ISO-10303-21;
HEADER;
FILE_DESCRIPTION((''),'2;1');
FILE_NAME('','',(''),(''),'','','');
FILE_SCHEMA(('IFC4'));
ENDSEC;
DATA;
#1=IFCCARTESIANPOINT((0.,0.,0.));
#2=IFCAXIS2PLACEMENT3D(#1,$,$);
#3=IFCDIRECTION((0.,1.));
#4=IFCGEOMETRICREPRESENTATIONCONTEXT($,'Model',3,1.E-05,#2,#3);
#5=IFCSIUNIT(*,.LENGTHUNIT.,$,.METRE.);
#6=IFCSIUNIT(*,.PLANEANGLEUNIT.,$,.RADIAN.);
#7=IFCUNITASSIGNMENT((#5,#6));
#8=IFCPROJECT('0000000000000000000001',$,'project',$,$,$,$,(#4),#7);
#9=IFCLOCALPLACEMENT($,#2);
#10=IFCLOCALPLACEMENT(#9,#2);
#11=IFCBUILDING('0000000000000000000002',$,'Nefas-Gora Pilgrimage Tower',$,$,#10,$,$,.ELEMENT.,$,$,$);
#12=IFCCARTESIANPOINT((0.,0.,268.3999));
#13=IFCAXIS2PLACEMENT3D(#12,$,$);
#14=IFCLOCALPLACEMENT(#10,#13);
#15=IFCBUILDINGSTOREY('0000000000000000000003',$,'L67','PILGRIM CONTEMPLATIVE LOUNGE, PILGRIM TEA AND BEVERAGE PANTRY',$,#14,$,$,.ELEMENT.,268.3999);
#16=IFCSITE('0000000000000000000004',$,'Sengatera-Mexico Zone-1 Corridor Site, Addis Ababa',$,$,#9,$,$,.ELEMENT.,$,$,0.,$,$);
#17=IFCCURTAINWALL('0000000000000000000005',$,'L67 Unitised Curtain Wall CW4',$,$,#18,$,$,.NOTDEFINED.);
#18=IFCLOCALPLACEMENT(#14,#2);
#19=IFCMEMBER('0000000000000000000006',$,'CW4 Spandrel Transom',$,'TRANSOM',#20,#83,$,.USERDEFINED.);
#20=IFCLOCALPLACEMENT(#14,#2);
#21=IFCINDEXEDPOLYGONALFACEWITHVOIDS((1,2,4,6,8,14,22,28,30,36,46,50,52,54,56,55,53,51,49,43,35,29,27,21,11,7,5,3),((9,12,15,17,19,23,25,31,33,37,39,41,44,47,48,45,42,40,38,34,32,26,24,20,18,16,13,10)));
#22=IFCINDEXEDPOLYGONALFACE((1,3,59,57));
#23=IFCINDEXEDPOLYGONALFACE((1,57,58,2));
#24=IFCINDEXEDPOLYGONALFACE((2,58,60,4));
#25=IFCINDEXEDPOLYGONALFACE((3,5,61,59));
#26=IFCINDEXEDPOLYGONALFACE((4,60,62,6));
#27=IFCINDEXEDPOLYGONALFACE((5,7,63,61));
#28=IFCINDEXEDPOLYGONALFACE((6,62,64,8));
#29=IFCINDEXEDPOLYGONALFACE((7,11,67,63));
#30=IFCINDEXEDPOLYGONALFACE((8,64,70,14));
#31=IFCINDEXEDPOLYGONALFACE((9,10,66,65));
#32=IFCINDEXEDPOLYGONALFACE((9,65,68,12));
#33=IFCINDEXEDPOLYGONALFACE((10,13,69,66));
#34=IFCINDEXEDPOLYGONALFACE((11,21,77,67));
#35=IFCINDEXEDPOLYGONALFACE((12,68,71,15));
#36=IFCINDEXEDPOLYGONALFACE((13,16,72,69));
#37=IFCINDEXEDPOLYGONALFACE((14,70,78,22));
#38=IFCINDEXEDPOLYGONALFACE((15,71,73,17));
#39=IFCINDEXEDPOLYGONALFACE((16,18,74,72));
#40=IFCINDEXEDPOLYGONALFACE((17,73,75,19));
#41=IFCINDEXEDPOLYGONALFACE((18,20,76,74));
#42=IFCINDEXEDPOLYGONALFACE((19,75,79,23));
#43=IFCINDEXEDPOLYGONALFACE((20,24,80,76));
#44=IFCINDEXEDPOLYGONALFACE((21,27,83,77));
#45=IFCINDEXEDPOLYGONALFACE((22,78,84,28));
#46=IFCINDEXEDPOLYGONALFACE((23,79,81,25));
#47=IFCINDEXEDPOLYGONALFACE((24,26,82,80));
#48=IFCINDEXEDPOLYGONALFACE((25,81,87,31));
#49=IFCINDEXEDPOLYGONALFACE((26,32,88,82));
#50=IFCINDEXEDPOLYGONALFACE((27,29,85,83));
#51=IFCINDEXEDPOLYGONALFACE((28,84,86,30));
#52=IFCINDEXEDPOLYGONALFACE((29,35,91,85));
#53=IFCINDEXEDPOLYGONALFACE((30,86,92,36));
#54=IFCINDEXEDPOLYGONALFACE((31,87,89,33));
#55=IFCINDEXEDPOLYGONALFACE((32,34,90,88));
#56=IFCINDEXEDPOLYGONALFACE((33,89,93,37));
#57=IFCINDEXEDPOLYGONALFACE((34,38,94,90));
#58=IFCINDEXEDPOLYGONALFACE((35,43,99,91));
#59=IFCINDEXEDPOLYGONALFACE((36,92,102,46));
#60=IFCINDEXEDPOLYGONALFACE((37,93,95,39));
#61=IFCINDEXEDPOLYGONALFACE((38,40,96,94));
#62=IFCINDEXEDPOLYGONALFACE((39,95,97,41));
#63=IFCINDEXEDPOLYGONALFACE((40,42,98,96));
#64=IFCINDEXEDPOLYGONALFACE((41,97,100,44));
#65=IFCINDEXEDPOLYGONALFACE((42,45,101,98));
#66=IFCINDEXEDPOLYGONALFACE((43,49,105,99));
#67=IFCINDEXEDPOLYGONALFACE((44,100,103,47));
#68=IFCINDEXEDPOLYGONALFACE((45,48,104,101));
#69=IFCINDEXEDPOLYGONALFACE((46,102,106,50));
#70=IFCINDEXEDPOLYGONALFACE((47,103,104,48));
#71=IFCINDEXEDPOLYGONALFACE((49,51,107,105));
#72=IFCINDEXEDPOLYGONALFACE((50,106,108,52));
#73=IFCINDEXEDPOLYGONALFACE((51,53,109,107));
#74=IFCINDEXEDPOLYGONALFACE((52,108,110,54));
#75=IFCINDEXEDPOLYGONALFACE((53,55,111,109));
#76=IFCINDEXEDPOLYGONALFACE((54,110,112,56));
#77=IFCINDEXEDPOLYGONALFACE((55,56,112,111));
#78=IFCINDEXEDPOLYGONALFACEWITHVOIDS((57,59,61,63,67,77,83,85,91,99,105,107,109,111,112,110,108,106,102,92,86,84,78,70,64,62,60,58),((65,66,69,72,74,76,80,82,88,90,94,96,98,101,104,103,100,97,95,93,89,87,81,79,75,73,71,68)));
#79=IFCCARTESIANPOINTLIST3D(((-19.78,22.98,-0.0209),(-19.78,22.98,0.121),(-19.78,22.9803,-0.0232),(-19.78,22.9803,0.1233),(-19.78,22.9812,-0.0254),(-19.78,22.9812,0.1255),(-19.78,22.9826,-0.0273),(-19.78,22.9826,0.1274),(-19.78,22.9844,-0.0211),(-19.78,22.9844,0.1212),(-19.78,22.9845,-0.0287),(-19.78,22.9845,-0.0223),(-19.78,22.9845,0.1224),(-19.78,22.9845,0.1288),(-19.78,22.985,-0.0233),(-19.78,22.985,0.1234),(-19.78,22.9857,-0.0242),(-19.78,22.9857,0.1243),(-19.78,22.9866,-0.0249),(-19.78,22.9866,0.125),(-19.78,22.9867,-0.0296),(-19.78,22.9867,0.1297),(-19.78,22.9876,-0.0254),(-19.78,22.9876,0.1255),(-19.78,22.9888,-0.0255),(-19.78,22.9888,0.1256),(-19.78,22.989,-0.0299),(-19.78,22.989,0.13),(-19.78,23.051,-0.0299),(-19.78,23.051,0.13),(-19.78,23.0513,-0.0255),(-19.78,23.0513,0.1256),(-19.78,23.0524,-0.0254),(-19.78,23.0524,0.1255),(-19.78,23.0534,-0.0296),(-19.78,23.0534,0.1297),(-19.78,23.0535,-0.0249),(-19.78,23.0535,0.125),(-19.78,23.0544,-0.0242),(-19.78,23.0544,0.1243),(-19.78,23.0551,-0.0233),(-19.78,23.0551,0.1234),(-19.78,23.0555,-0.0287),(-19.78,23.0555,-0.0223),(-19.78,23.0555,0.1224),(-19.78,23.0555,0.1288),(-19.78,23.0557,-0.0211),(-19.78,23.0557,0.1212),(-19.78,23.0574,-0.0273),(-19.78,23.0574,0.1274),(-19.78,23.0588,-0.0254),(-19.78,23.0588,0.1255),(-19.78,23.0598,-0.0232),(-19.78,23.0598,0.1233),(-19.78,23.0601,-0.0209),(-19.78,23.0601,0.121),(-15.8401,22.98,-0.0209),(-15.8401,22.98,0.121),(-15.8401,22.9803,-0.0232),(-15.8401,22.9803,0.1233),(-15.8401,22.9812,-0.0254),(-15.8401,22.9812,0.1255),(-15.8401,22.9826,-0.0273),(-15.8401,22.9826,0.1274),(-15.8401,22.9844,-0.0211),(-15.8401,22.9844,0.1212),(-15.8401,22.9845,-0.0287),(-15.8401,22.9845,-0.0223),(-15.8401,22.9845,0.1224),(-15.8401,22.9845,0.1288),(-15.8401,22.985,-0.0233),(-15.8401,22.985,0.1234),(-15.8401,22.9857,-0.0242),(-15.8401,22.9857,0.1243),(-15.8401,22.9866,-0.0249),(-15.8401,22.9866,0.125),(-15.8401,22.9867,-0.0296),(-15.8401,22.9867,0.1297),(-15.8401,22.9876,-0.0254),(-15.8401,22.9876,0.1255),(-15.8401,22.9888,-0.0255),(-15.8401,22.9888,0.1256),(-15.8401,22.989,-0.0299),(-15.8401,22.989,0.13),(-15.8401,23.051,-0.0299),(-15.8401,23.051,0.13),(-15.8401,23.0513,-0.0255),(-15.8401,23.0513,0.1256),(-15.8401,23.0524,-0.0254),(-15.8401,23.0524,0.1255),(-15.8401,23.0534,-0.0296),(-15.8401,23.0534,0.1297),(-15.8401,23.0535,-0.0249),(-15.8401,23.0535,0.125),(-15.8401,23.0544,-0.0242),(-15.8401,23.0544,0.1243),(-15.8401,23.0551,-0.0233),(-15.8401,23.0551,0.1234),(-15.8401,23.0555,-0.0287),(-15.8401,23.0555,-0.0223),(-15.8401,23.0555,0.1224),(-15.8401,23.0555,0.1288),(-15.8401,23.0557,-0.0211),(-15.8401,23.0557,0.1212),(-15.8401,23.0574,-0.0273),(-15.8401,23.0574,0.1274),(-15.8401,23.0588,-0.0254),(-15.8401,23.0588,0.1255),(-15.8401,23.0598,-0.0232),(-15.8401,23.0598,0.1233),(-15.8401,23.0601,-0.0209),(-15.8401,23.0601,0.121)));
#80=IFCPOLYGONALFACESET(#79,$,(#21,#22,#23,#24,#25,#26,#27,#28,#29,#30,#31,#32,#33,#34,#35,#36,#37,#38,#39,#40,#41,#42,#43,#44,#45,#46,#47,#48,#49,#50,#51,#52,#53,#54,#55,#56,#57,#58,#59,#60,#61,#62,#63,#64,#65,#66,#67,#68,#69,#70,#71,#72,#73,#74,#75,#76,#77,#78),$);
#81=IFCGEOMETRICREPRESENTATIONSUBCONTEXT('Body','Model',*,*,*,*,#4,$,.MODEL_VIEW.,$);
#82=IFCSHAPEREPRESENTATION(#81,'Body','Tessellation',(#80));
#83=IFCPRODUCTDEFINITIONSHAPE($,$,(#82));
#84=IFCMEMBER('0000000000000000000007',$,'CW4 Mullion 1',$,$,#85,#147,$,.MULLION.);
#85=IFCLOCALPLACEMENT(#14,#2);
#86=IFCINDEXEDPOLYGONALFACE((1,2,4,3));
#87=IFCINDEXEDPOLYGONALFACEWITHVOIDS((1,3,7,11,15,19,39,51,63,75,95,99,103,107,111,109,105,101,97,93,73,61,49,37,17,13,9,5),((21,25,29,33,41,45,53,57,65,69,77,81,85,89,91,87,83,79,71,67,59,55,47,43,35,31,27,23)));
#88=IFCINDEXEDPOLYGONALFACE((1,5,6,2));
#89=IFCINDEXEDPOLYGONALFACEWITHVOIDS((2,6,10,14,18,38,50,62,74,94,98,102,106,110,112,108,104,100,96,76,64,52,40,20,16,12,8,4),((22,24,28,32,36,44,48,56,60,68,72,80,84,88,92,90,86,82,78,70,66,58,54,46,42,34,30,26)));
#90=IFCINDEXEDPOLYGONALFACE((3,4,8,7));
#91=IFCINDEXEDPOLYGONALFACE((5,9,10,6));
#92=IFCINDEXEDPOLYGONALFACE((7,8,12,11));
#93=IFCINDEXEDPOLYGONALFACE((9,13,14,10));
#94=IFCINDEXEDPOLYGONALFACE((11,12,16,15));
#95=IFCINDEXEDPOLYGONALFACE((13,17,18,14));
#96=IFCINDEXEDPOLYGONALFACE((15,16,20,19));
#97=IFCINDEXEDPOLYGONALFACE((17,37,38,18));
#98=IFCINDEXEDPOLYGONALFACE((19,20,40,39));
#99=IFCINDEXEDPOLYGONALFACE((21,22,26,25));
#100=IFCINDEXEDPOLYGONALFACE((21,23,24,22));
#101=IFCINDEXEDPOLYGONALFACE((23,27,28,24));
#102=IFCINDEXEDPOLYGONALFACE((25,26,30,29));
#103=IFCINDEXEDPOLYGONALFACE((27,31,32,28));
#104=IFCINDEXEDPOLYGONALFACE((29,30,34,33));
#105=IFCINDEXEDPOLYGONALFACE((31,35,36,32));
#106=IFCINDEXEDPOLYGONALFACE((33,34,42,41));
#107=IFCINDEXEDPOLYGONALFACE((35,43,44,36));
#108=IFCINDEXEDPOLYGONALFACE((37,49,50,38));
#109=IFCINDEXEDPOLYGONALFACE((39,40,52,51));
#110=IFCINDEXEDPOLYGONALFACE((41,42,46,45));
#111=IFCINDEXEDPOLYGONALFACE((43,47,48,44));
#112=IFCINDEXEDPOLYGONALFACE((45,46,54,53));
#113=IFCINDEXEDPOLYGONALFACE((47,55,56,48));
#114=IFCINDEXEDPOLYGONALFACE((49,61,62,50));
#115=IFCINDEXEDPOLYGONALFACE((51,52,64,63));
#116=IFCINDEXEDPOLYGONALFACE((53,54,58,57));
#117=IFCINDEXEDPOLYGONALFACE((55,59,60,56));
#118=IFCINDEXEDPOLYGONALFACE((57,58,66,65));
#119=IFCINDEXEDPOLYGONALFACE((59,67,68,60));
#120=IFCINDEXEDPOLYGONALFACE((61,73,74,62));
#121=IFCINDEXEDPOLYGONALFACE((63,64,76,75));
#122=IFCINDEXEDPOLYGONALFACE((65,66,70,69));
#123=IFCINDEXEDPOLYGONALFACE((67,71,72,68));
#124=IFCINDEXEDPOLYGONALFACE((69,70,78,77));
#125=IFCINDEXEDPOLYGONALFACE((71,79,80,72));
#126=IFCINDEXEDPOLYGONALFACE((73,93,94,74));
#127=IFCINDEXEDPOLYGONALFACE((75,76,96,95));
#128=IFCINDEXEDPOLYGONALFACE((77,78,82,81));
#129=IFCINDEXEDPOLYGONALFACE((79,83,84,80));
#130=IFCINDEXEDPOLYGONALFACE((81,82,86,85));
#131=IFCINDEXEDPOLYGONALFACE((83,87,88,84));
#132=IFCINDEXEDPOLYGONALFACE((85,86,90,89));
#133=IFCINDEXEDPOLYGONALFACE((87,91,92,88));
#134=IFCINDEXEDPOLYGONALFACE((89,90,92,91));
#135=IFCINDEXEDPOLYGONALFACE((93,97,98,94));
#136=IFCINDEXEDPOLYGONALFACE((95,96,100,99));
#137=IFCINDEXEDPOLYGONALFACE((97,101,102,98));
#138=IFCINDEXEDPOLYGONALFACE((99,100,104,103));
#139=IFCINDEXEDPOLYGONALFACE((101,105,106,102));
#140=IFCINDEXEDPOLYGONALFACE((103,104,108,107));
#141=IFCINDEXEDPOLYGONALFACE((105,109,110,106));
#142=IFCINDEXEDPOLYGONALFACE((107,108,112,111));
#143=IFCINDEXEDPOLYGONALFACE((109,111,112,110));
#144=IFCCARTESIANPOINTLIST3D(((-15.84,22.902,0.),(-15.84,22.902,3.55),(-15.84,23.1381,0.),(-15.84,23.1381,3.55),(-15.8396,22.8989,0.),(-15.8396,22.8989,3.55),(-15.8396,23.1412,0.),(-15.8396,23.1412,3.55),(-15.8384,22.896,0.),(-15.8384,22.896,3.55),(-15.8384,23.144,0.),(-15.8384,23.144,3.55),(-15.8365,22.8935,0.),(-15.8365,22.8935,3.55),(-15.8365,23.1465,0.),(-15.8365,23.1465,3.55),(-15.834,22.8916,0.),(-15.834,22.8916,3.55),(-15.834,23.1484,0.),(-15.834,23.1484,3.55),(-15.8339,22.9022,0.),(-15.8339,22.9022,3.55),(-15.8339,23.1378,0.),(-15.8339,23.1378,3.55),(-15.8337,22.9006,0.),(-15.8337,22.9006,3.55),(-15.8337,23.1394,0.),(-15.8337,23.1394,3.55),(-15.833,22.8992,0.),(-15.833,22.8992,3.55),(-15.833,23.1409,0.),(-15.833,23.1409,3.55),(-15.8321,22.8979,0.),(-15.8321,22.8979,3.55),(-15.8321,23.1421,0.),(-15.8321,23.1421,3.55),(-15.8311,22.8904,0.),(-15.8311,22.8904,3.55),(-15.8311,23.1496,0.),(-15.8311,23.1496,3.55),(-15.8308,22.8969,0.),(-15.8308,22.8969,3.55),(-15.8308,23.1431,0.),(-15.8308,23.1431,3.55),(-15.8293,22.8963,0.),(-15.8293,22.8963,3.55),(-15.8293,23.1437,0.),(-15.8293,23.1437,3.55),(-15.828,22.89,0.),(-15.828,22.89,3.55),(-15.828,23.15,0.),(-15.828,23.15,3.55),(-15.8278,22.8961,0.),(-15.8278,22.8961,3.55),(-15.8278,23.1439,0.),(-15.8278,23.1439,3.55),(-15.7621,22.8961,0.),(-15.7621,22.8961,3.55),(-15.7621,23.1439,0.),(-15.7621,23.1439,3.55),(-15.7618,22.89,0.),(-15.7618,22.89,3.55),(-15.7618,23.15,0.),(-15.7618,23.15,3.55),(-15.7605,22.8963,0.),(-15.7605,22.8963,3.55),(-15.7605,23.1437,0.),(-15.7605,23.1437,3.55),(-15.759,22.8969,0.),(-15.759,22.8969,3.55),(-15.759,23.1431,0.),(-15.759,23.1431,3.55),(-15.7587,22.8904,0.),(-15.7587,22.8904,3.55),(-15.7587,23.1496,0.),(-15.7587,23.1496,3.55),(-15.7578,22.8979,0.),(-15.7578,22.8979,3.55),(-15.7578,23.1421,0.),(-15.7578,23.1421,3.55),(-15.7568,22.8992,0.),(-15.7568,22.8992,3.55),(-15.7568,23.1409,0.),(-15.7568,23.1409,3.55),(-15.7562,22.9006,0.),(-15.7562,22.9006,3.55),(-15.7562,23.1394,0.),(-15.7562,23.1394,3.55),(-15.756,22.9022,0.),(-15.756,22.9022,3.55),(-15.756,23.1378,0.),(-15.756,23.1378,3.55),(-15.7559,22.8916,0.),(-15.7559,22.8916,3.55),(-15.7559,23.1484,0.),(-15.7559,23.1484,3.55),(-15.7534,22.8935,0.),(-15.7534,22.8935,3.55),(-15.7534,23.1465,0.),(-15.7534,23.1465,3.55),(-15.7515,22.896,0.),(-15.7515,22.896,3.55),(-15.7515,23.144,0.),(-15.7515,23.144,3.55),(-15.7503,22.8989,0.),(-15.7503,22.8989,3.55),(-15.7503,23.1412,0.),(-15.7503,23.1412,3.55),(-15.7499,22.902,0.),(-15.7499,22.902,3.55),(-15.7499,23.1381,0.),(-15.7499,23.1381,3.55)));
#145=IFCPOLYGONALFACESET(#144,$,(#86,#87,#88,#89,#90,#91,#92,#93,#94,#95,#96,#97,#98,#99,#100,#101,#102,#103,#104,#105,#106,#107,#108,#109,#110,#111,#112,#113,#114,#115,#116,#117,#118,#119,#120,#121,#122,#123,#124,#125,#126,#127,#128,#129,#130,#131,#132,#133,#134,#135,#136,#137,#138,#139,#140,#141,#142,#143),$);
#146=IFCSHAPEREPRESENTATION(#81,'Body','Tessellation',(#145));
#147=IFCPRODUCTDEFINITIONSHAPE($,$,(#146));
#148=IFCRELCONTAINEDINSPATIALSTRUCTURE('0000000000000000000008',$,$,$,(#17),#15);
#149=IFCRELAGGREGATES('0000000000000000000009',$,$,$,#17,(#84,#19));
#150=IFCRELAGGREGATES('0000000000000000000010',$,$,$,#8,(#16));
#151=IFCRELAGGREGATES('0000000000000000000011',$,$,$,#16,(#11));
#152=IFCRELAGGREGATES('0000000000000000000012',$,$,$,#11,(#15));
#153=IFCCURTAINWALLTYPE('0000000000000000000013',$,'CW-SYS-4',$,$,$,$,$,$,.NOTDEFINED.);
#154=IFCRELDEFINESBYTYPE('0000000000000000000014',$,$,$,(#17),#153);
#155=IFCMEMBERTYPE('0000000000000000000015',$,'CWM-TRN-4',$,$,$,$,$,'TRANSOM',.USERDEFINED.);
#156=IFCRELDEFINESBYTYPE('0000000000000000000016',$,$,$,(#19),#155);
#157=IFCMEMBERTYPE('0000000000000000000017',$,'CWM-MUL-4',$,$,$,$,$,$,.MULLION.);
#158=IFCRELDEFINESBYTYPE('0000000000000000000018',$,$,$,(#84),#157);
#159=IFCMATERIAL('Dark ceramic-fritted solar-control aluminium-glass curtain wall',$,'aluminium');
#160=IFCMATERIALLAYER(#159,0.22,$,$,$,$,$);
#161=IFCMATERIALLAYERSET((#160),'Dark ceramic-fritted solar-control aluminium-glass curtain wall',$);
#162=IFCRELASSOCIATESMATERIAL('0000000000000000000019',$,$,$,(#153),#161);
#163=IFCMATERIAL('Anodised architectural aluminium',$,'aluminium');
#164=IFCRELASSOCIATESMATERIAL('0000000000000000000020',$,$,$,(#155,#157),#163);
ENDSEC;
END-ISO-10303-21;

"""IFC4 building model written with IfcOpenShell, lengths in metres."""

from ifc_helpers import new_model, si_unit, direction, frame, origin, origin_2d, place, context, subcontext, project, spatial, hollow_rectangle, extrude, source, transform, mapped, material, layer, layer_set, material_profile, profile_set, type_object, element, aggregate, save


model = new_model("IFC4")

# Units and contexts
model_context = context("Model", 3, precision=1e-05, world=origin(), true_north=direction((0.0, 1.0)))
body_context = subcontext(model_context, "Body", "Model", "MODEL_VIEW")
ifc_project = project(units=[si_unit("LENGTHUNIT", "METRE"), si_unit("PLANEANGLEUNIT", "RADIAN")], contexts=[model_context])

# Site, building, storey
site_placement = place(None, origin())
site = spatial("IfcSite", under=ifc_project, at=site_placement, Name="Sengatera-Mexico Zone-1 Corridor Site, Addis Ababa", CompositionType="ELEMENT", RefElevation=0.0)
building_placement = place(site_placement, origin())
building = spatial("IfcBuilding", under=site, at=building_placement, Name="Nefas-Gora Pilgrimage Tower", CompositionType="ELEMENT")
storey_placement = place(building_placement, frame((0.0, 0.0, 268.3999)))
storey = spatial("IfcBuildingStorey", under=building, at=storey_placement, Name="L67", Description="PILGRIM CONTEMPLATIVE LOUNGE, PILGRIM TEA AND BEVERAGE PANTRY", CompositionType="ELEMENT", Elevation=268.3999)

# Curtain wall, members
ifc_material_1 = material(Name="Dark ceramic-fritted solar-control aluminium-glass curtain wall", Category="aluminium")
ifc_material_2 = material(Name="Anodised architectural aluminium", Category="aluminium")
ifc_layer_1 = layer(ifc_material_1, 0.22)
ifc_layer_set_1 = layer_set([ifc_layer_1], Name="Dark ceramic-fritted solar-control aluminium-glass curtain wall")
curtain_wall_type_1 = type_object("IfcCurtainWallType", Name="CW-SYS-4", PredefinedType="NOTDEFINED", material=ifc_layer_set_1)
curtain_wall_1_placement = place(storey_placement, origin())
curtain_wall_1 = element("IfcCurtainWall", 1, at=curtain_wall_1_placement, inside=storey, type_object=curtain_wall_type_1, Name="L67 Unitised Curtain Wall CW4", PredefinedType="NOTDEFINED")
ifc_material_profile_1 = material_profile(ifc_material_2, hollow_rectangle(XDim=0.0801, YDim=0.1599, WallThickness=0.0044, InnerFilletRadius=0.0044, OuterFilletRadius=0.009, at=origin_2d()), Name="ALU TRANSOM 80x160")
ifc_profile_set_1 = profile_set([ifc_material_profile_1], Name="Anodised architectural aluminium")
member_type_1 = type_object("IfcMemberType", Name="CWM-TRN-4", ElementType="TRANSOM", PredefinedType="USERDEFINED", material=ifc_profile_set_1)
shared_shape_1 = source(origin(), body_context, "Body", "SweptSolid", [
    extrude(hollow_rectangle(XDim=0.0801, YDim=0.1599, WallThickness=0.0044, InnerFilletRadius=0.0044, OuterFilletRadius=0.009, at=origin_2d()), origin(), (0.0, 0.0, 1.0), 3.9399),
])
member_1_placement = place(storey_placement, frame((-15.8401, 23.02, 0.05), z_axis=(-1.0, 0.0, 0.0), x_axis=(0.0, -1.0, 0.0)))
member_1 = element("IfcMember", 2, at=member_1_placement, type_object=member_type_1, Name="CW4 Spandrel Transom", ObjectType="TRANSOM", PredefinedType="USERDEFINED", context=body_context, shape_type="MappedRepresentation", body=[
    mapped(shared_shape_1, transform((0.0, 0.0, 0.0), x_axis=(1.0, 0.0, 0.0), y_axis=(0.0, 1.0, 0.0), z_axis=(0.0, 0.0, 1.0), scale=1.0)),
])
ifc_material_profile_2 = material_profile(ifc_material_2, hollow_rectangle(XDim=0.0901, YDim=0.26, WallThickness=0.0061, InnerFilletRadius=0.0061, OuterFilletRadius=0.012, at=origin_2d()), Name="ALU MULLION 90x260")
ifc_profile_set_2 = profile_set([ifc_material_profile_2], Name="Anodised architectural aluminium")
member_type_2 = type_object("IfcMemberType", Name="CWM-MUL-4", PredefinedType="MULLION", material=ifc_profile_set_2)
shared_shape_2 = source(origin(), body_context, "Body", "SweptSolid", [
    extrude(hollow_rectangle(XDim=0.0901, YDim=0.26, WallThickness=0.0061, InnerFilletRadius=0.0061, OuterFilletRadius=0.012, at=origin_2d()), origin(), (0.0, 0.0, 1.0), 3.55),
])
member_2_placement = place(storey_placement, frame((-15.7949, 23.02, 0.0), z_axis=(0.0, 0.0, 1.0), x_axis=(-1.0, 0.0, 0.0)))
member_2 = element("IfcMember", 3, at=member_2_placement, type_object=member_type_2, Name="CW4 Mullion 1", PredefinedType="MULLION", context=body_context, shape_type="MappedRepresentation", body=[
    mapped(shared_shape_2, transform((0.0, 0.0, 0.0), x_axis=(1.0, 0.0, 0.0), y_axis=(0.0, 1.0, 0.0), z_axis=(0.0, 0.0, 1.0), scale=1.0)),
])

aggregate(curtain_wall_1, [member_2, member_1])

save(model, "model.ifc")
